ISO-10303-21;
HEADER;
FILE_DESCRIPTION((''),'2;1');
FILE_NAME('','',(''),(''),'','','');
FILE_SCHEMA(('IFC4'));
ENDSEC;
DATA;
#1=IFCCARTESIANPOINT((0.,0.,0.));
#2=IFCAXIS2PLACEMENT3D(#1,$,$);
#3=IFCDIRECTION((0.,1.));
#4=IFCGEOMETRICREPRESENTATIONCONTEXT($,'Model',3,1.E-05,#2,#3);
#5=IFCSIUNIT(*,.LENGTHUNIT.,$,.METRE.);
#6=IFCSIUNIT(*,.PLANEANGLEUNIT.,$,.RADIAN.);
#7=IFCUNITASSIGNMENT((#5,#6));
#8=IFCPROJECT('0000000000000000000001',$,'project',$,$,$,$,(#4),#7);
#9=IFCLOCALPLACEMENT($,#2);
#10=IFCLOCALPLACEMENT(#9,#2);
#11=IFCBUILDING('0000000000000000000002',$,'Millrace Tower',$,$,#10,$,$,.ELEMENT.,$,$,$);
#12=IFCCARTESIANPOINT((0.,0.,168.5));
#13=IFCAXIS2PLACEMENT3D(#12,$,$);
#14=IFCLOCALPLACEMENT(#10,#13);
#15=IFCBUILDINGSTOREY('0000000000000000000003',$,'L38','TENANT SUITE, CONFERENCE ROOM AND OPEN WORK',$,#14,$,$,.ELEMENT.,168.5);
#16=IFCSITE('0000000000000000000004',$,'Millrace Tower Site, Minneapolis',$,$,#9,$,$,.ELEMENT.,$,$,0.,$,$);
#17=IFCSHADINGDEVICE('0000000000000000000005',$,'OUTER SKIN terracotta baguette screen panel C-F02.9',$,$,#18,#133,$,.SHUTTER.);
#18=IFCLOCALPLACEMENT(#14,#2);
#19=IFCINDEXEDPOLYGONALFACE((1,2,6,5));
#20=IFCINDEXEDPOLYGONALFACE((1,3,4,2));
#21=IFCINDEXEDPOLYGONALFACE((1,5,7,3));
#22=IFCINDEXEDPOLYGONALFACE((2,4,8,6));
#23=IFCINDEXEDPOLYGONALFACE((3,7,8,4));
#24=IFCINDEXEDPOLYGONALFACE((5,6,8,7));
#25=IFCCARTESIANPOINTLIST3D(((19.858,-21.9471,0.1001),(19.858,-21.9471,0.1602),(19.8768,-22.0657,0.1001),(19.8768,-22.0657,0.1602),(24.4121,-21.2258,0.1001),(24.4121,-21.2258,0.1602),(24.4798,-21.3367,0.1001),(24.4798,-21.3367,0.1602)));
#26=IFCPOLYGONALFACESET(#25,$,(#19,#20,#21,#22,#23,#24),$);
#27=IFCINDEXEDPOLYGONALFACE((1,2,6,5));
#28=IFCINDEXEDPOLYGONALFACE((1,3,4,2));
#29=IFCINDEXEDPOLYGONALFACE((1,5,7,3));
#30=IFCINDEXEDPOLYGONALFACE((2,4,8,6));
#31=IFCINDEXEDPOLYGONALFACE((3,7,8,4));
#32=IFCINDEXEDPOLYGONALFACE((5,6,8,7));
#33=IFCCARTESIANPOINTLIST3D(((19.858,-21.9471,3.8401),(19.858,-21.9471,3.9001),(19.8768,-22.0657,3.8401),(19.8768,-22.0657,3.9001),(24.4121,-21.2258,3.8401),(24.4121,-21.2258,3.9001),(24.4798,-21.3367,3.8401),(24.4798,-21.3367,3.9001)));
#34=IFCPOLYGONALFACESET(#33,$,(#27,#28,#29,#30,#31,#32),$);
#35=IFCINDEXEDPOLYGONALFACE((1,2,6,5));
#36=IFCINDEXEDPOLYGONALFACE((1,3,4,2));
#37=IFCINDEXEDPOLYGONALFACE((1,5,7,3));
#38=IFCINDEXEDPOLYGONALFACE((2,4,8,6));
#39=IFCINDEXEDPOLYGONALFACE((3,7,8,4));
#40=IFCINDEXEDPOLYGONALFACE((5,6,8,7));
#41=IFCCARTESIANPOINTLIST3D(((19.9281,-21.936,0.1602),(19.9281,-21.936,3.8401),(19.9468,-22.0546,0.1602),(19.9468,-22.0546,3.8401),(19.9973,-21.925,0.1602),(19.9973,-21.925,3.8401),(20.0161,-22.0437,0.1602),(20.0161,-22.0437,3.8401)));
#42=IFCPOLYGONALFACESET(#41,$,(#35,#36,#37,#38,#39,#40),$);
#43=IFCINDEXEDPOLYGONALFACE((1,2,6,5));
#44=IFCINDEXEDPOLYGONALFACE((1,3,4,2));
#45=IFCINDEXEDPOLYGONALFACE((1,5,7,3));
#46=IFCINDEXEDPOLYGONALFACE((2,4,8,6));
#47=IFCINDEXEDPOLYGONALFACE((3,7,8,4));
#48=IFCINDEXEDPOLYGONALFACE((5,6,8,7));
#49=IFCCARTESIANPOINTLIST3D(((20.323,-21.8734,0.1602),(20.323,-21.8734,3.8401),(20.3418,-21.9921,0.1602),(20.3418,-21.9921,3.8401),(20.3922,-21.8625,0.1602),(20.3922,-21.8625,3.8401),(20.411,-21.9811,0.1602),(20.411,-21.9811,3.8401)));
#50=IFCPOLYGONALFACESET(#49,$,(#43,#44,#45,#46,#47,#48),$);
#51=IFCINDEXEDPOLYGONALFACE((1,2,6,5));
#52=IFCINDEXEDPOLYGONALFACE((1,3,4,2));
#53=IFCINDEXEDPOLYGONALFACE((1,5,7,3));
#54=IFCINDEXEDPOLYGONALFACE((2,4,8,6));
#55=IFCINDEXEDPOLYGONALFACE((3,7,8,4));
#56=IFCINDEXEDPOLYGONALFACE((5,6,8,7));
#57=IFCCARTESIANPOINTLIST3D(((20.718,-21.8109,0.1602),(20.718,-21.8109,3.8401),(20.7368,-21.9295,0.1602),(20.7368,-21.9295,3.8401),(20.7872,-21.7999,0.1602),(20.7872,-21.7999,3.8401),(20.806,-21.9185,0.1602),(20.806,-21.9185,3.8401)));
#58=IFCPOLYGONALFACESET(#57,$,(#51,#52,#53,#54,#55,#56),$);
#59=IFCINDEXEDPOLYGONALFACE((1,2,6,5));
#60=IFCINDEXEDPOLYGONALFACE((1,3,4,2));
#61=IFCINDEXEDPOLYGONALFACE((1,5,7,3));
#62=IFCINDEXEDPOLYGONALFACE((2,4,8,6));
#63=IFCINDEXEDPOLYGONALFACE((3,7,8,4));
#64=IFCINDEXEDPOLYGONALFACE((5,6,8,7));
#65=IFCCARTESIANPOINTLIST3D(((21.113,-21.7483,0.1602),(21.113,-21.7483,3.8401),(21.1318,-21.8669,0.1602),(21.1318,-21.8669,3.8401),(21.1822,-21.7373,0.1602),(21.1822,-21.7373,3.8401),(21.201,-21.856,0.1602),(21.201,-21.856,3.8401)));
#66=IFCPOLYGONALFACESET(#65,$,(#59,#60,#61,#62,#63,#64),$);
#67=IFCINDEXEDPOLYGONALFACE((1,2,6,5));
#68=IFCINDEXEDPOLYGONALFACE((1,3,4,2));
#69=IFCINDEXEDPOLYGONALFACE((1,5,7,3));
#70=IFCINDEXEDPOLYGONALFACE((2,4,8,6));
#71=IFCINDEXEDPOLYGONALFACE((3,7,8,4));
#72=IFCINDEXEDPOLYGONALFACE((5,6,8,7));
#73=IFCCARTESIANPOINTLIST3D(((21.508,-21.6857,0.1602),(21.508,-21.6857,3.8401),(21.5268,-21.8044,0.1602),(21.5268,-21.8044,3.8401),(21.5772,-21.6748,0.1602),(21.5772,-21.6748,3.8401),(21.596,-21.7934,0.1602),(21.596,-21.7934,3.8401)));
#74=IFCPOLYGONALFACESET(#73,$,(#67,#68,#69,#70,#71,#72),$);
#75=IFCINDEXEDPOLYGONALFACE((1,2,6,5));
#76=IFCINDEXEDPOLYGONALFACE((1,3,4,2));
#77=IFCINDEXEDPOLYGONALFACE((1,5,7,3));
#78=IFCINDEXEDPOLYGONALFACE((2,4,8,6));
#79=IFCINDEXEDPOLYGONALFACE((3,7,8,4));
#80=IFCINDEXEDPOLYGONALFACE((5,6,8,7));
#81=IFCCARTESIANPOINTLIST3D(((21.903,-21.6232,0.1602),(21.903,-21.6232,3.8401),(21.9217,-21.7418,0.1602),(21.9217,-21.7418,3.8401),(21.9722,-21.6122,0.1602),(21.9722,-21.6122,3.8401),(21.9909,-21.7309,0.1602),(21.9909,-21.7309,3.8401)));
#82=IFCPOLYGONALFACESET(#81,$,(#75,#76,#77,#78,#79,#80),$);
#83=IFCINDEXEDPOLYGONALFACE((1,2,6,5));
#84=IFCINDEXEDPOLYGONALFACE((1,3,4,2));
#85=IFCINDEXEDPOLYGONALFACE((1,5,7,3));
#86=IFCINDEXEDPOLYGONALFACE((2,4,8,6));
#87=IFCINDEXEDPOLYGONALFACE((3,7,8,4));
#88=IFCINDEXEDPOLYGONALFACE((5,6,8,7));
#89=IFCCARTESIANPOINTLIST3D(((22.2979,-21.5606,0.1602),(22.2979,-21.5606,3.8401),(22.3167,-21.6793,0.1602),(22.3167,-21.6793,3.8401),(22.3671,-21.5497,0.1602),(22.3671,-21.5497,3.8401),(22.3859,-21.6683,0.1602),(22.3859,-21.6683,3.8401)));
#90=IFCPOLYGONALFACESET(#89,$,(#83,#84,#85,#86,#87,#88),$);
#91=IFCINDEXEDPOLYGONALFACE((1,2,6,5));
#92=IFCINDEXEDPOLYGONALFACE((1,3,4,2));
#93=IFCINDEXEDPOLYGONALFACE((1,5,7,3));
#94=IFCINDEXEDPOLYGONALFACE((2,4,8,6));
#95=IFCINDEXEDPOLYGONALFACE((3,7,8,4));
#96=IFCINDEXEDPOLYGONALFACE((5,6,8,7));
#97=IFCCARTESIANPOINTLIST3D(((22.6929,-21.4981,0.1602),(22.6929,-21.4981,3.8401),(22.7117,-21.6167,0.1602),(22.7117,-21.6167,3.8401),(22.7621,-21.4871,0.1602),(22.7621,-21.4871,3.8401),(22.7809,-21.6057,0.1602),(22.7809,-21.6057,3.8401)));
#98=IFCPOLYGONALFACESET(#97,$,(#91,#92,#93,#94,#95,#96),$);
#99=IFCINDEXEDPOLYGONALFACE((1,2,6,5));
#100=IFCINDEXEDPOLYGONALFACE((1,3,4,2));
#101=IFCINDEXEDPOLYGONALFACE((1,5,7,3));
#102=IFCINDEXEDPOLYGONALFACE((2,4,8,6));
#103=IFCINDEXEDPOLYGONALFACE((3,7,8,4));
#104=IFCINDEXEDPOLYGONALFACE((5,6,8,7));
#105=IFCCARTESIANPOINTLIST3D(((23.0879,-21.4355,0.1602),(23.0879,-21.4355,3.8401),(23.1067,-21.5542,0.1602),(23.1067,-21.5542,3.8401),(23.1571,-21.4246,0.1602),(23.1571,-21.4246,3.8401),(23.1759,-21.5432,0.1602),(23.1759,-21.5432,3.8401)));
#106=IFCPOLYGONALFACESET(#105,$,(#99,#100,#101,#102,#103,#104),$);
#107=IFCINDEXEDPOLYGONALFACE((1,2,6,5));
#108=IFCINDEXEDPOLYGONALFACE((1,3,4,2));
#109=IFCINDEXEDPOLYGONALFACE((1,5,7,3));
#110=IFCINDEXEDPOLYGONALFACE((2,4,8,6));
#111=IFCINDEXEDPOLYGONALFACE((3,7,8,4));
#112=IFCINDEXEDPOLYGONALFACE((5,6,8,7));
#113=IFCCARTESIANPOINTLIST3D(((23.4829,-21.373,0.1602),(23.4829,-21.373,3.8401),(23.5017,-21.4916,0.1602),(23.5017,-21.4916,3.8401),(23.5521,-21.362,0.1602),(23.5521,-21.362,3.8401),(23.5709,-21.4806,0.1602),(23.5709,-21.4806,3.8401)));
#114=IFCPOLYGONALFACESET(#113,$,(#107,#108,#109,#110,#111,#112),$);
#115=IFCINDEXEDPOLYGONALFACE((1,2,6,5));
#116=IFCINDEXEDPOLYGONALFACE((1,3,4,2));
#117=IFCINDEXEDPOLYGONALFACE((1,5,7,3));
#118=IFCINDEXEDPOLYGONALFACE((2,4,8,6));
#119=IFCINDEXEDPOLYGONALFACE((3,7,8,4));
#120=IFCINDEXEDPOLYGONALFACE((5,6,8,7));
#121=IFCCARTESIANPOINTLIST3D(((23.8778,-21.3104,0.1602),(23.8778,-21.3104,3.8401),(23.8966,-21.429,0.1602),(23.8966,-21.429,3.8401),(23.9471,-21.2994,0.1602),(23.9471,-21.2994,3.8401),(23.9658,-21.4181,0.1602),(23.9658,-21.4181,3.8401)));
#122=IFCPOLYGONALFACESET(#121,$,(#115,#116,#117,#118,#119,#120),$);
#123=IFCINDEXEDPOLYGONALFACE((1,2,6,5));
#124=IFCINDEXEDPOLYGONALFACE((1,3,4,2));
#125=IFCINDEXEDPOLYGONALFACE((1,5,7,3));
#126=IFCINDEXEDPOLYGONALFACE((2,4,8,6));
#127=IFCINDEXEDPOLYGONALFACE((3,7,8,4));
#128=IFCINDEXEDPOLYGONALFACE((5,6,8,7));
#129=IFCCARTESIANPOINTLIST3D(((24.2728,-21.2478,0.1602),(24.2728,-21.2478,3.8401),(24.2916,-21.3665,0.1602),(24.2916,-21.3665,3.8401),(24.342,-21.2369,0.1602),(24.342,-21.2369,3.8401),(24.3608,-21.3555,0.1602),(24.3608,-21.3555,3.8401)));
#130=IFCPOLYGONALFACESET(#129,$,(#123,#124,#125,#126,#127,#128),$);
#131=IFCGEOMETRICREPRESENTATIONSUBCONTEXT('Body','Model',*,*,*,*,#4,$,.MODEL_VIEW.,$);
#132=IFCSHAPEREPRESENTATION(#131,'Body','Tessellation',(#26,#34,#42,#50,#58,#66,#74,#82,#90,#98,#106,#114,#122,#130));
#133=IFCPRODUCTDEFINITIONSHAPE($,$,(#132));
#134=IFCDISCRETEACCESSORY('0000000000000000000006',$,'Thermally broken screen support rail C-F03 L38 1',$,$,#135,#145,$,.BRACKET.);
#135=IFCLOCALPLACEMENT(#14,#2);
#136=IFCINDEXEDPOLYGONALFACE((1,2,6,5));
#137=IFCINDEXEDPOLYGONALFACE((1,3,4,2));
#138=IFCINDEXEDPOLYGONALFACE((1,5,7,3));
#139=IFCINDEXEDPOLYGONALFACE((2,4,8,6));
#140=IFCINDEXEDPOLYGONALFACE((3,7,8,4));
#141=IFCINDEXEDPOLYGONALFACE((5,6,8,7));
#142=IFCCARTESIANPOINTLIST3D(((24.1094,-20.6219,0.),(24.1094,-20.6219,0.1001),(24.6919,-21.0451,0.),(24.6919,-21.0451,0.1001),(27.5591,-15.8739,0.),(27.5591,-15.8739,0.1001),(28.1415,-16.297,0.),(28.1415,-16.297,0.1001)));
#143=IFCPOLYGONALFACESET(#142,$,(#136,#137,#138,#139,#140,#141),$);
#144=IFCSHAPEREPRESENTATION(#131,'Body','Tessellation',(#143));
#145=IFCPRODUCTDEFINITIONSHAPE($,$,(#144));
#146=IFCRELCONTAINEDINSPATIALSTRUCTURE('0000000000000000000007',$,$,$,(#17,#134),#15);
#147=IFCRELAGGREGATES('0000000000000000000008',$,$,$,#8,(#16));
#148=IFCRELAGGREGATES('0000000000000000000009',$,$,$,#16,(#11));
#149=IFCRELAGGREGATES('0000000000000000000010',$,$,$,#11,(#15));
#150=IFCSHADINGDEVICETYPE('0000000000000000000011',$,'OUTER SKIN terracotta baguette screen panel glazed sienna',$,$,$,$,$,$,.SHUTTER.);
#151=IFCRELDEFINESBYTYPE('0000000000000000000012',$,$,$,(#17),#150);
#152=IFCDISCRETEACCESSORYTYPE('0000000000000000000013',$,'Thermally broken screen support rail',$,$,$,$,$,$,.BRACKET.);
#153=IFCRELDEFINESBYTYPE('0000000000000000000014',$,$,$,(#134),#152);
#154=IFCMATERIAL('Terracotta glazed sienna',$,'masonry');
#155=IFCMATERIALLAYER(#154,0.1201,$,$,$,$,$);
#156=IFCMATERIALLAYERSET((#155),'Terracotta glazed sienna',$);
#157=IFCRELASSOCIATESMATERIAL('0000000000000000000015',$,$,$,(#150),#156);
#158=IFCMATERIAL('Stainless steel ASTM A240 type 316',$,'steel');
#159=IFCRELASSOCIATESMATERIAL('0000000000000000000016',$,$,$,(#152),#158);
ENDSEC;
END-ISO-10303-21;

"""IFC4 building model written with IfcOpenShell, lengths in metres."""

from ifc_helpers import new_model, entity, si_unit, direction, frame, frame_2d, origin, origin_2d, place, context, subcontext, project, spatial, rectangle, extrude, source, transform, mapped, material, layer, layer_set, type_object, element, save


model = new_model("IFC4")

# Units and contexts
model_context = context("Model", 3, precision=1e-05, world=origin(), true_north=direction((0.0, 1.0)))
body_context = subcontext(model_context, "Body", "Model", "MODEL_VIEW")
ifc_project = project(units=[si_unit("LENGTHUNIT", "METRE"), si_unit("PLANEANGLEUNIT", "RADIAN")], contexts=[model_context])

# Site, building, storey
site_placement = place(None, origin())
site = spatial("IfcSite", under=ifc_project, at=site_placement, Name="Millrace Tower Site, Minneapolis", CompositionType="ELEMENT", RefElevation=0.0)
building_placement = place(site_placement, origin())
building = spatial("IfcBuilding", under=site, at=building_placement, Name="Millrace Tower", CompositionType="ELEMENT")
storey_placement = place(building_placement, frame((0.0, 0.0, 168.5)))
storey = spatial("IfcBuildingStorey", under=building, at=storey_placement, Name="L38", Description="TENANT SUITE, CONFERENCE ROOM AND OPEN WORK", CompositionType="ELEMENT", Elevation=168.5)

# Shading device
ifc_material_1 = material(Name="Terracotta glazed sienna", Category="masonry")
ifc_layer_1 = layer(ifc_material_1, 0.1201)
ifc_layer_set_1 = layer_set([ifc_layer_1], Name="Terracotta glazed sienna")
shading_device_type = type_object("IfcShadingDeviceType", Name="OUTER SKIN terracotta baguette screen panel glazed sienna", PredefinedType="SHUTTER", material=ifc_layer_set_1)
cartesian_point_1 = entity("IfcCartesianPoint", [-2.3179, 0.0601])
shared_polyline_1 = entity("IfcPolyline", [cartesian_point_1, entity("IfcCartesianPoint", [2.293, 0.0601]), entity("IfcCartesianPoint", [2.3425, -0.0601]), entity("IfcCartesianPoint", [-2.3179, -0.0601]), cartesian_point_1])
shared_shape_1 = source(origin(), body_context, "Body", "SweptSolid", [
    entity("IfcExtrudedAreaSolid", entity("IfcArbitraryClosedProfileDef", "AREA", None, shared_polyline_1), entity("IfcAxis2Placement3D", entity("IfcCartesianPoint", [0.0, 0.0, 0.0])), entity("IfcDirection", [0.0, 0.0, 1.0]), 0.0601),
    entity("IfcExtrudedAreaSolid", entity("IfcArbitraryClosedProfileDef", "AREA", None, shared_polyline_1), entity("IfcAxis2Placement3D", entity("IfcCartesianPoint", [0.0, 0.0, 3.74])), entity("IfcDirection", [0.0, 0.0, 1.0]), 0.0601),
    extrude(rectangle(XDim=0.0701, YDim=0.1201, at=frame_2d((-2.2119, 0.0))), frame((0.0, 0.0, 0.0601)), (0.0, 0.0, 1.0), 3.6799),
    extrude(rectangle(XDim=0.0701, YDim=0.1201, at=frame_2d((-1.812, 0.0))), frame((0.0, 0.0, 0.0601)), (0.0, 0.0, 1.0), 3.6799),
    extrude(rectangle(XDim=0.0701, YDim=0.1201, at=frame_2d((-1.4121, 0.0))), frame((0.0, 0.0, 0.0601)), (0.0, 0.0, 1.0), 3.6799),
    extrude(rectangle(XDim=0.0701, YDim=0.1201, at=frame_2d((-1.0122, 0.0))), frame((0.0, 0.0, 0.0601)), (0.0, 0.0, 1.0), 3.6799),
    extrude(rectangle(XDim=0.0701, YDim=0.1201, at=frame_2d((-0.6123, 0.0))), frame((0.0, 0.0, 0.0601)), (0.0, 0.0, 1.0), 3.6799),
    extrude(rectangle(XDim=0.0701, YDim=0.1201, at=frame_2d((-0.2124, 0.0))), frame((0.0, 0.0, 0.0601)), (0.0, 0.0, 1.0), 3.6799),
    extrude(rectangle(XDim=0.0701, YDim=0.1201, at=frame_2d((0.1875, 0.0))), frame((0.0, 0.0, 0.0601)), (0.0, 0.0, 1.0), 3.6799),
    extrude(rectangle(XDim=0.0701, YDim=0.1201, at=frame_2d((0.5874, 0.0))), frame((0.0, 0.0, 0.0601)), (0.0, 0.0, 1.0), 3.6799),
    extrude(rectangle(XDim=0.0701, YDim=0.1201, at=frame_2d((0.9873, 0.0))), frame((0.0, 0.0, 0.0601)), (0.0, 0.0, 1.0), 3.6799),
    extrude(rectangle(XDim=0.0701, YDim=0.1201, at=frame_2d((1.3872, 0.0))), frame((0.0, 0.0, 0.0601)), (0.0, 0.0, 1.0), 3.6799),
    extrude(rectangle(XDim=0.0701, YDim=0.1201, at=frame_2d((1.7871, 0.0))), frame((0.0, 0.0, 0.0601)), (0.0, 0.0, 1.0), 3.6799),
    extrude(rectangle(XDim=0.0701, YDim=0.1201, at=frame_2d((2.187, 0.0))), frame((0.0, 0.0, 0.0601)), (0.0, 0.0, 1.0), 3.6799),
])
shading_device_1_placement = place(storey_placement, frame((22.1567, -21.6438, 0.1001), z_axis=(0.0, 0.0, 1.0), x_axis=(0.987688, 0.156434, 0.0)))
element("IfcShadingDevice", 1, at=shading_device_1_placement, inside=storey, type_object=shading_device_type, Name="OUTER SKIN terracotta baguette screen panel C-F02.9", PredefinedType="SHUTTER", context=body_context, shape_type="MappedRepresentation", body=[
    mapped(shared_shape_1, transform((0.0, 0.0, 0.0), scale=1.0)),
])

# Discrete accessory
ifc_material_2 = material(Name="Stainless steel ASTM A240 type 316", Category="steel")
discrete_accessory_type = type_object("IfcDiscreteAccessoryType", Name="Thermally broken screen support rail", PredefinedType="BRACKET", material=ifc_material_2)
discrete_accessory_placement = place(storey_placement, frame((26.1255, -18.4595, 0.0), z_axis=(0.0, 0.0, 1.0), x_axis=(0.587785, 0.809017, 0.0)))
element("IfcDiscreteAccessory", 2, at=discrete_accessory_placement, inside=storey, type_object=discrete_accessory_type, Name="Thermally broken screen support rail C-F03 L38 1", PredefinedType="BRACKET", context=body_context, shape_type="SweptSolid", body=[
    extrude(rectangle(XDim=5.8689, YDim=0.72, at=origin_2d()), origin(), (0.0, 0.0, 1.0), 0.1001),
])

save(model, "model.ifc")
